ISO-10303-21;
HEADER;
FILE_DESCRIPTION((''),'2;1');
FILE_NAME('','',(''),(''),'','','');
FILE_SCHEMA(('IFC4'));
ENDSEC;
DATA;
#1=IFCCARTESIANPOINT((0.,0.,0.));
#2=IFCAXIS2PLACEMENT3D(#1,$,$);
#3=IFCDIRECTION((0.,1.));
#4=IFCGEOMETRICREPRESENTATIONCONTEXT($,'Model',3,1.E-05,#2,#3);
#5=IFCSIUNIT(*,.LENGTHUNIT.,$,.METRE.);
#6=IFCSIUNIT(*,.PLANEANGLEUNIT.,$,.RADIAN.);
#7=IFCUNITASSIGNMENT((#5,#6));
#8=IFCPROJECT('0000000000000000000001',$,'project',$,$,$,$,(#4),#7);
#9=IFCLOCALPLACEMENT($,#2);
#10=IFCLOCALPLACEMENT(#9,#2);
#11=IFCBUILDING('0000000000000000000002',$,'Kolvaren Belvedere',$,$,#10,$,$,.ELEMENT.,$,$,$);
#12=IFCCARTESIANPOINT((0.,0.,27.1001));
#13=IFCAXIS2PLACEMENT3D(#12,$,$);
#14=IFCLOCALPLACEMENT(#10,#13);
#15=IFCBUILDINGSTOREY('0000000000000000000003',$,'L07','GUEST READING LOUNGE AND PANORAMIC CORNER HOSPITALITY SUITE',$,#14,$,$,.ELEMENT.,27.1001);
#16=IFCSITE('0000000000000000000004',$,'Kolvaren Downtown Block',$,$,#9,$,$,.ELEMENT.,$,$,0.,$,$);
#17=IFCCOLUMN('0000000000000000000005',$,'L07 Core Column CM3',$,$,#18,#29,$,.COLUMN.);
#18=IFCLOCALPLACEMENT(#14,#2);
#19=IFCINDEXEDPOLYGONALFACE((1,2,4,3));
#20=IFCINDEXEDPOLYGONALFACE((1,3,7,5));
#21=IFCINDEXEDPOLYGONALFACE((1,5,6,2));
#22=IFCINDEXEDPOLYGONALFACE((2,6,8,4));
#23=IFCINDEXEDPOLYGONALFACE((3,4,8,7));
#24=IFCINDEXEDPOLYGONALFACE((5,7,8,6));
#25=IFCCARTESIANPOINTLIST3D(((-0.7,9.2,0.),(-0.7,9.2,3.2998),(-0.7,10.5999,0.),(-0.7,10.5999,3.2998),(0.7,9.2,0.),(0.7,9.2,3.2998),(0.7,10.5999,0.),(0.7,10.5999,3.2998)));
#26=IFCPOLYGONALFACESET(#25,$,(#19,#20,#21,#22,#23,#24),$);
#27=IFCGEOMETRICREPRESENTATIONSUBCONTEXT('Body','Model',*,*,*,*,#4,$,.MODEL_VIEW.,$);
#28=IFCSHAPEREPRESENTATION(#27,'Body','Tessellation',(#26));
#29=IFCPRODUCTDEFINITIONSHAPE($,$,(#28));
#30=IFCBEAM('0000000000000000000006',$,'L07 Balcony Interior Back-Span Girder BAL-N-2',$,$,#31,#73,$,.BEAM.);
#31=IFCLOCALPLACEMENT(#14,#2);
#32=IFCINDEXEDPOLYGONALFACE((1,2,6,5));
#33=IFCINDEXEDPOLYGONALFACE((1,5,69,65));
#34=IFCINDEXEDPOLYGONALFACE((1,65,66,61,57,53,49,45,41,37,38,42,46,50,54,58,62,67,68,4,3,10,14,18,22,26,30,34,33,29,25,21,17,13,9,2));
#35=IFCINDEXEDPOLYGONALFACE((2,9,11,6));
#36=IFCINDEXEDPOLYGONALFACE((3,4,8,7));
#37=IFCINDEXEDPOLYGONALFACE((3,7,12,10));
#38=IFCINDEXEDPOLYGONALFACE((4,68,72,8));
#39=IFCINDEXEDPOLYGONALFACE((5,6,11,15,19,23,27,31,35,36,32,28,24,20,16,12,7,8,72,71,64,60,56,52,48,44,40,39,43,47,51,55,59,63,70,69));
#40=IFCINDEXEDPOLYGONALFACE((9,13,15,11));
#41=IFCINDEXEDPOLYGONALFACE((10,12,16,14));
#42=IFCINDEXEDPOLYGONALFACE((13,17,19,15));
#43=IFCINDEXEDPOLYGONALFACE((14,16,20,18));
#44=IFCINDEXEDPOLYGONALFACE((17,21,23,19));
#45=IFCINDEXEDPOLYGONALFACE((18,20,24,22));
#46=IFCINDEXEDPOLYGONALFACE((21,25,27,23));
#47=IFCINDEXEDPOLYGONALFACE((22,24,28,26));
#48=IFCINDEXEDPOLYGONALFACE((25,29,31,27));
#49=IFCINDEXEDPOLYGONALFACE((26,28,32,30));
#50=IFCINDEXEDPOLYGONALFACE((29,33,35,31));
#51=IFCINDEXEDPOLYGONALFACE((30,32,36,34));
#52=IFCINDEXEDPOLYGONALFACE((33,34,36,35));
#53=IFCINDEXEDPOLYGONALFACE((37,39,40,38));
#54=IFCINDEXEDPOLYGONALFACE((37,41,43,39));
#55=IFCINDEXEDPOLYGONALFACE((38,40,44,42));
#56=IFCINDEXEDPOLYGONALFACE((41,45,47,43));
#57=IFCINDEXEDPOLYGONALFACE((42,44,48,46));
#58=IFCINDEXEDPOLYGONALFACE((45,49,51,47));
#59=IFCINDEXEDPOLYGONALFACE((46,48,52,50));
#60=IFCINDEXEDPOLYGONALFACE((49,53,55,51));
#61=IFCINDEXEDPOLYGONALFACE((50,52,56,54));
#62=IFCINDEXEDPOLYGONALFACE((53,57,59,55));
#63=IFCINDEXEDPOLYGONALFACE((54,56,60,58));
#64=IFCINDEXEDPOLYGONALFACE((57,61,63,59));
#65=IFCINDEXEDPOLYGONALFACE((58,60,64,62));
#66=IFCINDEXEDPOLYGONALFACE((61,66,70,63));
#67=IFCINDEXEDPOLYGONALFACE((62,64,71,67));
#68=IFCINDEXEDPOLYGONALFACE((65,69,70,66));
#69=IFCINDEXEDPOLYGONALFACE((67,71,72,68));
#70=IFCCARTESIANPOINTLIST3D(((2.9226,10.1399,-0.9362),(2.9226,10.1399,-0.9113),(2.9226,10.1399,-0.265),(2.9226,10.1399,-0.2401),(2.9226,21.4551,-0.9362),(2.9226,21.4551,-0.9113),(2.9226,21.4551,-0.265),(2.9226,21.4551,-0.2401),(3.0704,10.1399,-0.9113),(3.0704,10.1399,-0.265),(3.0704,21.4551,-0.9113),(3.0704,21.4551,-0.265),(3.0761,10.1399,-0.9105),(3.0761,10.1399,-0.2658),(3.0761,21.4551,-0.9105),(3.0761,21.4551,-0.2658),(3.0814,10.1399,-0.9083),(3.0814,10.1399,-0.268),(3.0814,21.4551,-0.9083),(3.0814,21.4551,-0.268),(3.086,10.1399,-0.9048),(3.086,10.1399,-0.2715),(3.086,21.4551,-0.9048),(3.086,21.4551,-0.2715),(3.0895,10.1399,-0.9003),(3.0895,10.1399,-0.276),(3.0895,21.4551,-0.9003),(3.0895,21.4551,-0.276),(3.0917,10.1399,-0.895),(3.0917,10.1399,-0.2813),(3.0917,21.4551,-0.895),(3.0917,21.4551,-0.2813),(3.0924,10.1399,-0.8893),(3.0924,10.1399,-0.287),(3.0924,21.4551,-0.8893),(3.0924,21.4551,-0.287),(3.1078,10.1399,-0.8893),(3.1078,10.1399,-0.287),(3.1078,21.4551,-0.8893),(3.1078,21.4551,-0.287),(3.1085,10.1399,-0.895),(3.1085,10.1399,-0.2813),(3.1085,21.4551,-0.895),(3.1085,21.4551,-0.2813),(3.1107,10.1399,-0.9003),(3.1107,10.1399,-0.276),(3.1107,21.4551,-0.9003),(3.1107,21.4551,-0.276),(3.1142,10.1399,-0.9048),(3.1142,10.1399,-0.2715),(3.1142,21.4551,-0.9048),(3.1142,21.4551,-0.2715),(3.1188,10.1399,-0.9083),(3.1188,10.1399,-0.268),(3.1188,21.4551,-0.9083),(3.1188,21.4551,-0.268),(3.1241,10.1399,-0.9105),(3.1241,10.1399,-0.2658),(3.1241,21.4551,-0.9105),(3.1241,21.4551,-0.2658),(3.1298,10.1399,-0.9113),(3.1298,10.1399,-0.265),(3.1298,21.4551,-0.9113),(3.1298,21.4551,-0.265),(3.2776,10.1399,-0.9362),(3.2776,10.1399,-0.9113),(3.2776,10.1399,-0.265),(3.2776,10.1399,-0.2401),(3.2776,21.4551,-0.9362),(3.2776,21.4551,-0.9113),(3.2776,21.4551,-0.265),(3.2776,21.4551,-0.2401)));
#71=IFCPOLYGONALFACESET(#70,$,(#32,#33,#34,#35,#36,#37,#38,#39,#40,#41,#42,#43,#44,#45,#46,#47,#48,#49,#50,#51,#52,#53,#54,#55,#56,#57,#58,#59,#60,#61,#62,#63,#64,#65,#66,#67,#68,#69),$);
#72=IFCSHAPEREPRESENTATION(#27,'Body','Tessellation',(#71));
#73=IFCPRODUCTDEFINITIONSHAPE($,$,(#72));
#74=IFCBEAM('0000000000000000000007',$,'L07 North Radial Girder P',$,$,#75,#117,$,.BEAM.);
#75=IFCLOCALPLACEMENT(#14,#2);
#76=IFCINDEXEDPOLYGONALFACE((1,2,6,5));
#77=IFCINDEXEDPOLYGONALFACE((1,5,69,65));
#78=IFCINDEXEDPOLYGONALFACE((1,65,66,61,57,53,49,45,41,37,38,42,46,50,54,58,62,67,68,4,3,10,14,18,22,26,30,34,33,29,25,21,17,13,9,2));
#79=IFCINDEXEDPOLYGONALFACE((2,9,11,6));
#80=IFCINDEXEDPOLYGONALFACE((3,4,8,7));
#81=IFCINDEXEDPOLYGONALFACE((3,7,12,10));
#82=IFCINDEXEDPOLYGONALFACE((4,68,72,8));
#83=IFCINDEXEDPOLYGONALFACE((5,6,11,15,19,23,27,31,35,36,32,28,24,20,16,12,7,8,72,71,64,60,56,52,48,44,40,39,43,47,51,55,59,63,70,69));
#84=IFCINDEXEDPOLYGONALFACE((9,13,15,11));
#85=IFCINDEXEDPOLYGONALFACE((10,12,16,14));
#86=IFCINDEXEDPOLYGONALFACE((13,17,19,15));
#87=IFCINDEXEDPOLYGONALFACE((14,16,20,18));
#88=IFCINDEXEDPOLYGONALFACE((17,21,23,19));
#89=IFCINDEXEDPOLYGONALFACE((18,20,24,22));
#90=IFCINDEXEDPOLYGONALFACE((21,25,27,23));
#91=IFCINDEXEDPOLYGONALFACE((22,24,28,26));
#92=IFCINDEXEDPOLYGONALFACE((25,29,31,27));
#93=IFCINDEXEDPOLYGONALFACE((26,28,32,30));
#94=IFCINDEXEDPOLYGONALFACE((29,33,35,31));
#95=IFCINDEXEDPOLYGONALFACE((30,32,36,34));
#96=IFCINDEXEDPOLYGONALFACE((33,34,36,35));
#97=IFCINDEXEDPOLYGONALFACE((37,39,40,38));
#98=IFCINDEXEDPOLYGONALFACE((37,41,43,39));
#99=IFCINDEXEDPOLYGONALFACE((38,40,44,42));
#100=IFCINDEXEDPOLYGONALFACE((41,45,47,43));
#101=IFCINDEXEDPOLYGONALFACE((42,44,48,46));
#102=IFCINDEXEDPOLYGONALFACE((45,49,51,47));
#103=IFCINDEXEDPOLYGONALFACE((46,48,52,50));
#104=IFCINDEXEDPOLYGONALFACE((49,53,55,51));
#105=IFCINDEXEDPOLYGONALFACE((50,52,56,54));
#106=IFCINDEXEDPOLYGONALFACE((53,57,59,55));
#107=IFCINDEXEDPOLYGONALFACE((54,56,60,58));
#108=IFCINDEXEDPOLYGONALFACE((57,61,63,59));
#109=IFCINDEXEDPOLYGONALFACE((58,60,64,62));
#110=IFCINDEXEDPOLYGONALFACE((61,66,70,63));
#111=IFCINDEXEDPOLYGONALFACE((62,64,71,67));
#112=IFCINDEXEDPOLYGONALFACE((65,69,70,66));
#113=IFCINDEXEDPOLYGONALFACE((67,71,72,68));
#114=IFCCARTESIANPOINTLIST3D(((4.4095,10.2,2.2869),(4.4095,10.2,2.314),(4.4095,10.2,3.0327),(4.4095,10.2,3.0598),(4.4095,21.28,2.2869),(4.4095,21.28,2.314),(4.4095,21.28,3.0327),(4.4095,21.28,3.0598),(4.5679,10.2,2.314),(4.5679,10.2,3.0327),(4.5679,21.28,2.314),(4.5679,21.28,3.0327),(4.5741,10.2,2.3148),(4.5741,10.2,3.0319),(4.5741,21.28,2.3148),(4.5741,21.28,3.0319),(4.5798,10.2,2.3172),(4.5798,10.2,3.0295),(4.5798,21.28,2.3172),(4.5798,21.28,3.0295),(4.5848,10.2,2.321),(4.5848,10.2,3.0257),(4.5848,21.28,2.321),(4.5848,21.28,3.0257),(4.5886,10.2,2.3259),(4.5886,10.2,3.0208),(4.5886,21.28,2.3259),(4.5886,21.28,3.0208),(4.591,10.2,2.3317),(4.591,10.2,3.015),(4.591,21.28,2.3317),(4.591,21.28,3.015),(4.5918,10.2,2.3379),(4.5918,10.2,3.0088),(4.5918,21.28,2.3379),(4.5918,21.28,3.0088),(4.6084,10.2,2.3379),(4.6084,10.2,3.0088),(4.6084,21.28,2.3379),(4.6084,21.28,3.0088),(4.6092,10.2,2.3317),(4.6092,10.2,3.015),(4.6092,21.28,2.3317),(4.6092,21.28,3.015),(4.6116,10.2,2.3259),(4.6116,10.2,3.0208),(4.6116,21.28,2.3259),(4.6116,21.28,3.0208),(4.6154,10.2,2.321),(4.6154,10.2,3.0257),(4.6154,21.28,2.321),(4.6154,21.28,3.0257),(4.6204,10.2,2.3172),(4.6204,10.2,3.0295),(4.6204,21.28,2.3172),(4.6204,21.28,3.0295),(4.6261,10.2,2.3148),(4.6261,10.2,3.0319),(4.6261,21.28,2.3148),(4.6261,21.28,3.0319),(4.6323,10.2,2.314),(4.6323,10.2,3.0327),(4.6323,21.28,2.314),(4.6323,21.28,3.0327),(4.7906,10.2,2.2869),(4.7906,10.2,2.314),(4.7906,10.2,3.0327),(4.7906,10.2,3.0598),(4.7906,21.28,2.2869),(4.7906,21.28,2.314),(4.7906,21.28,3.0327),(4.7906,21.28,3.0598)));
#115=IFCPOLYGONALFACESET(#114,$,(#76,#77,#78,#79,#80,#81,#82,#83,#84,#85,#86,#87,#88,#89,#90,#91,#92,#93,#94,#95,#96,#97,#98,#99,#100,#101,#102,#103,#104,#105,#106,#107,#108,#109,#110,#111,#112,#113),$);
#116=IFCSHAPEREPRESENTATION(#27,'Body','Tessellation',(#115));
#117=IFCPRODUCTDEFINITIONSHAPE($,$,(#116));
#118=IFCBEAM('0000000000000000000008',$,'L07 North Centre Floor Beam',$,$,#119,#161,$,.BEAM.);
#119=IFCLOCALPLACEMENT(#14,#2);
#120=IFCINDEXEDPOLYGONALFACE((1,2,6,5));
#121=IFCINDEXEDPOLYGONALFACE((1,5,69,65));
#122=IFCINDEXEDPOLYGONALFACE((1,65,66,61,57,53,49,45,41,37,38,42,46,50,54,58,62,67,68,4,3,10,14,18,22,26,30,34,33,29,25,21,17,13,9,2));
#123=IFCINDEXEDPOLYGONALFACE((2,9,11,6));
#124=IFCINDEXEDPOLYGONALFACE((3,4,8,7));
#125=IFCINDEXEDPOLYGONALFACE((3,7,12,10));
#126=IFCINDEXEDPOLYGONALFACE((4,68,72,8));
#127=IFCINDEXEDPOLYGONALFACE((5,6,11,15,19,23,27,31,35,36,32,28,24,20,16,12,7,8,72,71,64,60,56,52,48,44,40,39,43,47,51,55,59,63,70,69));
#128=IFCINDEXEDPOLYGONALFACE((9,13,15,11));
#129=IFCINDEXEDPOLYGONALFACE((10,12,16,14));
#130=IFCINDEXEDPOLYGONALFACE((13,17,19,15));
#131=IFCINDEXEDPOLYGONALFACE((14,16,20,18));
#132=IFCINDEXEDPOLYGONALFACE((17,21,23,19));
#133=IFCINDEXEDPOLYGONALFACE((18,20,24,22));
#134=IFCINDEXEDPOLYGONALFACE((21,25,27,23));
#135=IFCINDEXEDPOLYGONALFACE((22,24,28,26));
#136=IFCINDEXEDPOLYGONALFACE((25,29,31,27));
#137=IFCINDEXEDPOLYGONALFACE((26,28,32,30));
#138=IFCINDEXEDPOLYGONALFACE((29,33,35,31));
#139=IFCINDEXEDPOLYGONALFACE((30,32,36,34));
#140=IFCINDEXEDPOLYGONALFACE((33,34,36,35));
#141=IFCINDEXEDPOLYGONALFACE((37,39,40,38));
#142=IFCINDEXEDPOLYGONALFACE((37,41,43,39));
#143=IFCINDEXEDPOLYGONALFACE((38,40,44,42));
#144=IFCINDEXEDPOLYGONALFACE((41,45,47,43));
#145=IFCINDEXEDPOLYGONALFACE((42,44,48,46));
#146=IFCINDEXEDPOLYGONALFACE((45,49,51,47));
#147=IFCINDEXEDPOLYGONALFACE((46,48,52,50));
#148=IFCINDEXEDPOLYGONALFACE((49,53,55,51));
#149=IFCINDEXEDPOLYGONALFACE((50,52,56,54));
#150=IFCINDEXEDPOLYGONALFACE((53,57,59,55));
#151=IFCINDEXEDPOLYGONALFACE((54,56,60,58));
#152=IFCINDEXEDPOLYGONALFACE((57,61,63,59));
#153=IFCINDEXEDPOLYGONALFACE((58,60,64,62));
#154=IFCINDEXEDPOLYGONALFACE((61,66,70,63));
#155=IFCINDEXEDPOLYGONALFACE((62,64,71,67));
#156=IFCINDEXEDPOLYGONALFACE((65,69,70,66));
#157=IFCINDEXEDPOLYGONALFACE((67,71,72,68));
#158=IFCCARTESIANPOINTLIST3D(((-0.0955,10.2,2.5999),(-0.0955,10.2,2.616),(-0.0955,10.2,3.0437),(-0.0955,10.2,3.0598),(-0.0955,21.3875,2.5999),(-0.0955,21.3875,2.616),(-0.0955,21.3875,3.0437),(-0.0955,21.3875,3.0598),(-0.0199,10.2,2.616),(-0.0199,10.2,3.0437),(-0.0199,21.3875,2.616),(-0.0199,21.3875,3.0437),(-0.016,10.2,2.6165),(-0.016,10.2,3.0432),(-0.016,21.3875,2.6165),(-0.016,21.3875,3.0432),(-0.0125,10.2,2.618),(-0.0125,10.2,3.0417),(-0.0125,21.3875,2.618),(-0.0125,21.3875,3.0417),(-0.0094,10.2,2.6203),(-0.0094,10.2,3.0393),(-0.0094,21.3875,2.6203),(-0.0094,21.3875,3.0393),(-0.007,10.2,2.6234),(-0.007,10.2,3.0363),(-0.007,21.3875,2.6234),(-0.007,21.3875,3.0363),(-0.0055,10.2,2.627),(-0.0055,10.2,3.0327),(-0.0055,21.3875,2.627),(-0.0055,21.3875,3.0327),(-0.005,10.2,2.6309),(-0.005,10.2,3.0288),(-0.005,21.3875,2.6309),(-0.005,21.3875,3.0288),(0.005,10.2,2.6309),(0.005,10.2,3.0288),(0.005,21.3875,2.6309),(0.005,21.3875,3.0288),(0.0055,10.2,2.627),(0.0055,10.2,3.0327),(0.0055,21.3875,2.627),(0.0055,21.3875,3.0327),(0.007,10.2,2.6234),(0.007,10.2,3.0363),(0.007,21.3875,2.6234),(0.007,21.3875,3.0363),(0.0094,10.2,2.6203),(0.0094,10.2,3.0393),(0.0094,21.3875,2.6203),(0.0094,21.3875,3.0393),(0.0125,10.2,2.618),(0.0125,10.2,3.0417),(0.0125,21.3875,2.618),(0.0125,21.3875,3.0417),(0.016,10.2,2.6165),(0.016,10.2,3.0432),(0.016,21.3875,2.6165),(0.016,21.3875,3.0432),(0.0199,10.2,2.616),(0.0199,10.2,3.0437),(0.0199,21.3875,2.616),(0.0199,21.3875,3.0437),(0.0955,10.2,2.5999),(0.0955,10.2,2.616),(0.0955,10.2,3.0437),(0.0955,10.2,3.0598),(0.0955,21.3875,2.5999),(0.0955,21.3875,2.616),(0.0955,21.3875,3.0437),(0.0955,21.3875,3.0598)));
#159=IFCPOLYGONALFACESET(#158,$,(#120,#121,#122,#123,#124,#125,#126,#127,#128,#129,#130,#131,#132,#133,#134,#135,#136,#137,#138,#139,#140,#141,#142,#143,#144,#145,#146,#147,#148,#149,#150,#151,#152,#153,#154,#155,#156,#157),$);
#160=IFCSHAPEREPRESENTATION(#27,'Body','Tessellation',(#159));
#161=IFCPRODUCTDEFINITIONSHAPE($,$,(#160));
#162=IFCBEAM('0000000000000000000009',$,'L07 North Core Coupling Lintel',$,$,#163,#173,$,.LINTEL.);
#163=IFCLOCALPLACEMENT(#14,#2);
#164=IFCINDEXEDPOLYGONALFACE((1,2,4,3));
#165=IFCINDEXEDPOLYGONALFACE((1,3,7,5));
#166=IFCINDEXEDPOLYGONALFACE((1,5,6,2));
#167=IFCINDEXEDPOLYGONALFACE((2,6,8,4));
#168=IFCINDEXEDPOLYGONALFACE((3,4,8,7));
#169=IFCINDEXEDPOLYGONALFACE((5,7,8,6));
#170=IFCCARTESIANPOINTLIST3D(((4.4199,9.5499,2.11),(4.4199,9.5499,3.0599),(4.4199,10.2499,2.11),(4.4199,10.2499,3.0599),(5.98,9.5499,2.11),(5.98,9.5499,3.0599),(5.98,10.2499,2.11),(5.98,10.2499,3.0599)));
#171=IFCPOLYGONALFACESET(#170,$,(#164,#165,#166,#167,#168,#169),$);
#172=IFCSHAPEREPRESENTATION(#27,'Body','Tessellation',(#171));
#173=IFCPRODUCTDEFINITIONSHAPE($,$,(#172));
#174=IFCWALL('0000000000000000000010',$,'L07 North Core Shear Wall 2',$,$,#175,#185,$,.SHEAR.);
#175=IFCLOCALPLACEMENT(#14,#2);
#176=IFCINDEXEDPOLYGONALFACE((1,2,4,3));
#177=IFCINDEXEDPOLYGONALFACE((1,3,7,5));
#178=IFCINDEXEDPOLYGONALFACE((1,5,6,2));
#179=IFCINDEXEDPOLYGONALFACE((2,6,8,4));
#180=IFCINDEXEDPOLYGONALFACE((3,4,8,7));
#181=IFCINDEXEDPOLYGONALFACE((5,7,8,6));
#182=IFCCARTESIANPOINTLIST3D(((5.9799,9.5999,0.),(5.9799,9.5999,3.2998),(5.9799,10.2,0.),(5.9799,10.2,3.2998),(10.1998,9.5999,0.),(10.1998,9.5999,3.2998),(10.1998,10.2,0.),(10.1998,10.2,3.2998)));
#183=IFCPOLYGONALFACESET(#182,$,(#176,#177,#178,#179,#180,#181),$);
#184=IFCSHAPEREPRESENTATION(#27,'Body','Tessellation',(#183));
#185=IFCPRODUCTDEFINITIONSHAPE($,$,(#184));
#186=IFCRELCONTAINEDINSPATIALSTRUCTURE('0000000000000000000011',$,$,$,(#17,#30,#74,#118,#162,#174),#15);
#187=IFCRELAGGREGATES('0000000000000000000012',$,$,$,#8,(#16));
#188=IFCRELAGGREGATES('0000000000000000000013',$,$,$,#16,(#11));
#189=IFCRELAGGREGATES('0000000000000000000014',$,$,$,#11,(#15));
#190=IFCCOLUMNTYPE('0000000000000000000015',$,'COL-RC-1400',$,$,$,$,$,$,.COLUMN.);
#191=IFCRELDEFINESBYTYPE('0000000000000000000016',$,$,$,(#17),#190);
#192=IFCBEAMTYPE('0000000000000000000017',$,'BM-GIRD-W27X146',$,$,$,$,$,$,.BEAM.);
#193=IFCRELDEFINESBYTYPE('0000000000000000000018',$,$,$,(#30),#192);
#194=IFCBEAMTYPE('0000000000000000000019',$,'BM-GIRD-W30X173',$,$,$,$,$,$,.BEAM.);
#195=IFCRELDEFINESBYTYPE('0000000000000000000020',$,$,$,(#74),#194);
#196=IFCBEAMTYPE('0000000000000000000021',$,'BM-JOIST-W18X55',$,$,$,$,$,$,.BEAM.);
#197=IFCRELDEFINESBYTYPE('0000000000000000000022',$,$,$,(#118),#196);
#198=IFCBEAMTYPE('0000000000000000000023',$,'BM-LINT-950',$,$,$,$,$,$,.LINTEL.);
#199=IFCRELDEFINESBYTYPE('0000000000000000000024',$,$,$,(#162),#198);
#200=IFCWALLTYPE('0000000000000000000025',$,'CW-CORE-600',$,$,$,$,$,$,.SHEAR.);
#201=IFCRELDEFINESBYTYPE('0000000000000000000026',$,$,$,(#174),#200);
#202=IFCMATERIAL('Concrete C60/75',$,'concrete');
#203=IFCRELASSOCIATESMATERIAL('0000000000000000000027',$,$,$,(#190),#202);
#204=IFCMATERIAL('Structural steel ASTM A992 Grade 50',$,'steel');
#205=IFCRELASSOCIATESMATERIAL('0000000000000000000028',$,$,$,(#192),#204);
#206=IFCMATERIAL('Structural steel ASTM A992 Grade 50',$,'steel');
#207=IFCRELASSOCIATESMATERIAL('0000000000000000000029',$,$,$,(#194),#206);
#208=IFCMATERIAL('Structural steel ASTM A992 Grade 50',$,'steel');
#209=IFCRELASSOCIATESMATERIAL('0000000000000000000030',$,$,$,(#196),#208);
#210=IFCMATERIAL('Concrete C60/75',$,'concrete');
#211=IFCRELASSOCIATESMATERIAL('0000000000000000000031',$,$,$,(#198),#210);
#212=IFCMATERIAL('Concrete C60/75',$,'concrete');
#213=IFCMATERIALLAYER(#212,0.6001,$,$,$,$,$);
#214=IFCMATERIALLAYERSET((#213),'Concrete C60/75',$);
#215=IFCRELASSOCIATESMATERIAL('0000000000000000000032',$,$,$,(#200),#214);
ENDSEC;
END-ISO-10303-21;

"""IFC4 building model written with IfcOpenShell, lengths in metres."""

from ifc_helpers import new_model, si_unit, direction, frame, frame_2d, origin, origin_2d, place, context, subcontext, project, spatial, rectangle, i_section, extrude, material, layer, layer_set, material_profile, profile_set, type_object, element, save


model = new_model("IFC4")

# Units and contexts
model_context = context("Model", 3, precision=1e-05, world=origin(), true_north=direction((0.0, 1.0)))
body_context = subcontext(model_context, "Body", "Model", "MODEL_VIEW")
ifc_project = project(units=[si_unit("LENGTHUNIT", "METRE"), si_unit("PLANEANGLEUNIT", "RADIAN")], contexts=[model_context])

# Site, building, storey
site_placement = place(None, origin())
site = spatial("IfcSite", under=ifc_project, at=site_placement, Name="Kolvaren Downtown Block", CompositionType="ELEMENT", RefElevation=0.0)
building_placement = place(site_placement, origin())
building = spatial("IfcBuilding", under=site, at=building_placement, Name="Kolvaren Belvedere", CompositionType="ELEMENT")
storey_placement = place(building_placement, frame((0.0, 0.0, 27.1001)))
storey = spatial("IfcBuildingStorey", under=building, at=storey_placement, Name="L07", Description="GUEST READING LOUNGE AND PANORAMIC CORNER HOSPITALITY SUITE", CompositionType="ELEMENT", Elevation=27.1001)

# Column
ifc_material_1 = material(Name="Concrete C60/75", Category="concrete")
ifc_material_profile_1 = material_profile(ifc_material_1, rectangle(XDim=1.3999, YDim=1.3999, at=origin_2d()), Name="RC 1400X1400")
ifc_profile_set_1 = profile_set([ifc_material_profile_1], Name="Concrete C60/75")
column_type = type_object("IfcColumnType", Name="COL-RC-1400", PredefinedType="COLUMN", material=ifc_profile_set_1)
column_placement = place(storey_placement, frame((0.0, 9.8999, 0.0), z_axis=(0.0, 0.0, 1.0), x_axis=(1.0, 0.0, 0.0)))
element("IfcColumn", 1, at=column_placement, inside=storey, type_object=column_type, Name="L07 Core Column CM3", PredefinedType="COLUMN", context=body_context, shape_type="SweptSolid", body=[
    extrude(rectangle(XDim=1.3999, YDim=1.3999, at=origin_2d()), origin(), (0.0, 0.0, 1.0), 3.2998),
])

# Beams
ifc_material_2 = material(Name="Structural steel ASTM A992 Grade 50", Category="steel")
ifc_material_profile_2 = material_profile(ifc_material_2, i_section(OverallWidth=0.355, OverallDepth=0.696, WebThickness=0.0154, FlangeThickness=0.0249, FilletRadius=0.022, at=origin_2d()), Name="W27X146")
ifc_profile_set_2 = profile_set([ifc_material_profile_2], Name="Structural steel ASTM A992 Grade 50")
beam_type_1 = type_object("IfcBeamType", Name="BM-GIRD-W27X146", PredefinedType="BEAM", material=ifc_profile_set_2)
beam_1_placement = place(storey_placement, frame((3.1001, 10.1399, -0.5881), z_axis=(0.0, 1.0, 0.0), x_axis=(-1.0, 0.0, 0.0)))
element("IfcBeam", 2, at=beam_1_placement, inside=storey, type_object=beam_type_1, Name="L07 Balcony Interior Back-Span Girder BAL-N-2", PredefinedType="BEAM", context=body_context, shape_type="SweptSolid", body=[
    extrude(i_section(OverallWidth=0.355, OverallDepth=0.696, WebThickness=0.0154, FlangeThickness=0.0249, FilletRadius=0.022, at=origin_2d()), origin(), (0.0, 0.0, 1.0), 11.3152),
])
ifc_material_3 = material(Name="Structural steel ASTM A992 Grade 50", Category="steel")
ifc_material_profile_3 = material_profile(ifc_material_3, i_section(OverallWidth=0.3811, OverallDepth=0.7729, WebThickness=0.0166, FlangeThickness=0.0271, FilletRadius=0.0239, at=origin_2d()), Name="W30X173")
ifc_profile_set_3 = profile_set([ifc_material_profile_3], Name="Structural steel ASTM A992 Grade 50")
beam_type_2 = type_object("IfcBeamType", Name="BM-GIRD-W30X173", PredefinedType="BEAM", material=ifc_profile_set_3)
beam_2_placement = place(storey_placement, frame((4.6001, 10.2, 2.6733), z_axis=(0.0, 1.0, 0.0), x_axis=(-1.0, 0.0, 0.0)))
element("IfcBeam", 3, at=beam_2_placement, inside=storey, type_object=beam_type_2, Name="L07 North Radial Girder P", PredefinedType="BEAM", context=body_context, shape_type="SweptSolid", body=[
    extrude(i_section(OverallWidth=0.3811, OverallDepth=0.7729, WebThickness=0.0166, FlangeThickness=0.0271, FilletRadius=0.0239, at=origin_2d()), origin(), (0.0, 0.0, 1.0), 11.0801),
])
ifc_material_4 = material(Name="Structural steel ASTM A992 Grade 50", Category="steel")
ifc_material_profile_4 = material_profile(ifc_material_4, i_section(OverallWidth=0.1909, OverallDepth=0.46, WebThickness=0.01, FlangeThickness=0.0161, FilletRadius=0.0149, at=origin_2d()), Name="W18X55")
ifc_profile_set_4 = profile_set([ifc_material_profile_4], Name="Structural steel ASTM A992 Grade 50")
beam_type_3 = type_object("IfcBeamType", Name="BM-JOIST-W18X55", PredefinedType="BEAM", material=ifc_profile_set_4)
beam_3_placement = place(storey_placement, frame((0.0, 10.2, 2.8298), z_axis=(0.0, 1.0, 0.0), x_axis=(-1.0, 0.0, 0.0)))
element("IfcBeam", 4, at=beam_3_placement, inside=storey, type_object=beam_type_3, Name="L07 North Centre Floor Beam", PredefinedType="BEAM", context=body_context, shape_type="SweptSolid", body=[
    extrude(i_section(OverallWidth=0.1909, OverallDepth=0.46, WebThickness=0.01, FlangeThickness=0.0161, FilletRadius=0.0149, at=origin_2d()), origin(), (0.0, 0.0, 1.0), 11.1875),
])
ifc_material_5 = material(Name="Concrete C60/75", Category="concrete")
ifc_material_profile_5 = material_profile(ifc_material_5, rectangle(XDim=0.7, YDim=0.95, at=origin_2d()), Name="RC 700X950")
ifc_profile_set_5 = profile_set([ifc_material_profile_5], Name="Concrete C60/75")
beam_type_4 = type_object("IfcBeamType", Name="BM-LINT-950", PredefinedType="LINTEL", material=ifc_profile_set_5)
beam_4_placement = place(storey_placement, frame((4.4199, 9.8999, 2.585), z_axis=(1.0, 0.0, 0.0), x_axis=(0.0, 1.0, 0.0)))
element("IfcBeam", 5, at=beam_4_placement, inside=storey, type_object=beam_type_4, Name="L07 North Core Coupling Lintel", PredefinedType="LINTEL", context=body_context, shape_type="SweptSolid", body=[
    extrude(rectangle(XDim=0.7, YDim=0.95, at=origin_2d()), origin(), (0.0, 0.0, 1.0), 1.5601),
])

# Wall
ifc_material_6 = material(Name="Concrete C60/75", Category="concrete")
ifc_layer_1 = layer(ifc_material_6, 0.6001)
ifc_layer_set_1 = layer_set([ifc_layer_1], Name="Concrete C60/75")
wall_type_1 = type_object("IfcWallType", Name="CW-CORE-600", PredefinedType="SHEAR", material=ifc_layer_set_1)
wall_1_placement = place(storey_placement, frame((5.98, 9.8999, 0.0), z_axis=(0.0, 0.0, 1.0), x_axis=(1.0, 0.0, 0.0)))
element("IfcWall", 6, at=wall_1_placement, inside=storey, type_object=wall_type_1, Name="L07 North Core Shear Wall 2", PredefinedType="SHEAR", context=body_context, shape_type="SweptSolid", body=[
    extrude(rectangle(XDim=4.22, YDim=0.6001, at=frame_2d((2.1099, 0.0))), origin(), (0.0, 0.0, 1.0), 3.2998),
])

save(model, "model.ifc")
